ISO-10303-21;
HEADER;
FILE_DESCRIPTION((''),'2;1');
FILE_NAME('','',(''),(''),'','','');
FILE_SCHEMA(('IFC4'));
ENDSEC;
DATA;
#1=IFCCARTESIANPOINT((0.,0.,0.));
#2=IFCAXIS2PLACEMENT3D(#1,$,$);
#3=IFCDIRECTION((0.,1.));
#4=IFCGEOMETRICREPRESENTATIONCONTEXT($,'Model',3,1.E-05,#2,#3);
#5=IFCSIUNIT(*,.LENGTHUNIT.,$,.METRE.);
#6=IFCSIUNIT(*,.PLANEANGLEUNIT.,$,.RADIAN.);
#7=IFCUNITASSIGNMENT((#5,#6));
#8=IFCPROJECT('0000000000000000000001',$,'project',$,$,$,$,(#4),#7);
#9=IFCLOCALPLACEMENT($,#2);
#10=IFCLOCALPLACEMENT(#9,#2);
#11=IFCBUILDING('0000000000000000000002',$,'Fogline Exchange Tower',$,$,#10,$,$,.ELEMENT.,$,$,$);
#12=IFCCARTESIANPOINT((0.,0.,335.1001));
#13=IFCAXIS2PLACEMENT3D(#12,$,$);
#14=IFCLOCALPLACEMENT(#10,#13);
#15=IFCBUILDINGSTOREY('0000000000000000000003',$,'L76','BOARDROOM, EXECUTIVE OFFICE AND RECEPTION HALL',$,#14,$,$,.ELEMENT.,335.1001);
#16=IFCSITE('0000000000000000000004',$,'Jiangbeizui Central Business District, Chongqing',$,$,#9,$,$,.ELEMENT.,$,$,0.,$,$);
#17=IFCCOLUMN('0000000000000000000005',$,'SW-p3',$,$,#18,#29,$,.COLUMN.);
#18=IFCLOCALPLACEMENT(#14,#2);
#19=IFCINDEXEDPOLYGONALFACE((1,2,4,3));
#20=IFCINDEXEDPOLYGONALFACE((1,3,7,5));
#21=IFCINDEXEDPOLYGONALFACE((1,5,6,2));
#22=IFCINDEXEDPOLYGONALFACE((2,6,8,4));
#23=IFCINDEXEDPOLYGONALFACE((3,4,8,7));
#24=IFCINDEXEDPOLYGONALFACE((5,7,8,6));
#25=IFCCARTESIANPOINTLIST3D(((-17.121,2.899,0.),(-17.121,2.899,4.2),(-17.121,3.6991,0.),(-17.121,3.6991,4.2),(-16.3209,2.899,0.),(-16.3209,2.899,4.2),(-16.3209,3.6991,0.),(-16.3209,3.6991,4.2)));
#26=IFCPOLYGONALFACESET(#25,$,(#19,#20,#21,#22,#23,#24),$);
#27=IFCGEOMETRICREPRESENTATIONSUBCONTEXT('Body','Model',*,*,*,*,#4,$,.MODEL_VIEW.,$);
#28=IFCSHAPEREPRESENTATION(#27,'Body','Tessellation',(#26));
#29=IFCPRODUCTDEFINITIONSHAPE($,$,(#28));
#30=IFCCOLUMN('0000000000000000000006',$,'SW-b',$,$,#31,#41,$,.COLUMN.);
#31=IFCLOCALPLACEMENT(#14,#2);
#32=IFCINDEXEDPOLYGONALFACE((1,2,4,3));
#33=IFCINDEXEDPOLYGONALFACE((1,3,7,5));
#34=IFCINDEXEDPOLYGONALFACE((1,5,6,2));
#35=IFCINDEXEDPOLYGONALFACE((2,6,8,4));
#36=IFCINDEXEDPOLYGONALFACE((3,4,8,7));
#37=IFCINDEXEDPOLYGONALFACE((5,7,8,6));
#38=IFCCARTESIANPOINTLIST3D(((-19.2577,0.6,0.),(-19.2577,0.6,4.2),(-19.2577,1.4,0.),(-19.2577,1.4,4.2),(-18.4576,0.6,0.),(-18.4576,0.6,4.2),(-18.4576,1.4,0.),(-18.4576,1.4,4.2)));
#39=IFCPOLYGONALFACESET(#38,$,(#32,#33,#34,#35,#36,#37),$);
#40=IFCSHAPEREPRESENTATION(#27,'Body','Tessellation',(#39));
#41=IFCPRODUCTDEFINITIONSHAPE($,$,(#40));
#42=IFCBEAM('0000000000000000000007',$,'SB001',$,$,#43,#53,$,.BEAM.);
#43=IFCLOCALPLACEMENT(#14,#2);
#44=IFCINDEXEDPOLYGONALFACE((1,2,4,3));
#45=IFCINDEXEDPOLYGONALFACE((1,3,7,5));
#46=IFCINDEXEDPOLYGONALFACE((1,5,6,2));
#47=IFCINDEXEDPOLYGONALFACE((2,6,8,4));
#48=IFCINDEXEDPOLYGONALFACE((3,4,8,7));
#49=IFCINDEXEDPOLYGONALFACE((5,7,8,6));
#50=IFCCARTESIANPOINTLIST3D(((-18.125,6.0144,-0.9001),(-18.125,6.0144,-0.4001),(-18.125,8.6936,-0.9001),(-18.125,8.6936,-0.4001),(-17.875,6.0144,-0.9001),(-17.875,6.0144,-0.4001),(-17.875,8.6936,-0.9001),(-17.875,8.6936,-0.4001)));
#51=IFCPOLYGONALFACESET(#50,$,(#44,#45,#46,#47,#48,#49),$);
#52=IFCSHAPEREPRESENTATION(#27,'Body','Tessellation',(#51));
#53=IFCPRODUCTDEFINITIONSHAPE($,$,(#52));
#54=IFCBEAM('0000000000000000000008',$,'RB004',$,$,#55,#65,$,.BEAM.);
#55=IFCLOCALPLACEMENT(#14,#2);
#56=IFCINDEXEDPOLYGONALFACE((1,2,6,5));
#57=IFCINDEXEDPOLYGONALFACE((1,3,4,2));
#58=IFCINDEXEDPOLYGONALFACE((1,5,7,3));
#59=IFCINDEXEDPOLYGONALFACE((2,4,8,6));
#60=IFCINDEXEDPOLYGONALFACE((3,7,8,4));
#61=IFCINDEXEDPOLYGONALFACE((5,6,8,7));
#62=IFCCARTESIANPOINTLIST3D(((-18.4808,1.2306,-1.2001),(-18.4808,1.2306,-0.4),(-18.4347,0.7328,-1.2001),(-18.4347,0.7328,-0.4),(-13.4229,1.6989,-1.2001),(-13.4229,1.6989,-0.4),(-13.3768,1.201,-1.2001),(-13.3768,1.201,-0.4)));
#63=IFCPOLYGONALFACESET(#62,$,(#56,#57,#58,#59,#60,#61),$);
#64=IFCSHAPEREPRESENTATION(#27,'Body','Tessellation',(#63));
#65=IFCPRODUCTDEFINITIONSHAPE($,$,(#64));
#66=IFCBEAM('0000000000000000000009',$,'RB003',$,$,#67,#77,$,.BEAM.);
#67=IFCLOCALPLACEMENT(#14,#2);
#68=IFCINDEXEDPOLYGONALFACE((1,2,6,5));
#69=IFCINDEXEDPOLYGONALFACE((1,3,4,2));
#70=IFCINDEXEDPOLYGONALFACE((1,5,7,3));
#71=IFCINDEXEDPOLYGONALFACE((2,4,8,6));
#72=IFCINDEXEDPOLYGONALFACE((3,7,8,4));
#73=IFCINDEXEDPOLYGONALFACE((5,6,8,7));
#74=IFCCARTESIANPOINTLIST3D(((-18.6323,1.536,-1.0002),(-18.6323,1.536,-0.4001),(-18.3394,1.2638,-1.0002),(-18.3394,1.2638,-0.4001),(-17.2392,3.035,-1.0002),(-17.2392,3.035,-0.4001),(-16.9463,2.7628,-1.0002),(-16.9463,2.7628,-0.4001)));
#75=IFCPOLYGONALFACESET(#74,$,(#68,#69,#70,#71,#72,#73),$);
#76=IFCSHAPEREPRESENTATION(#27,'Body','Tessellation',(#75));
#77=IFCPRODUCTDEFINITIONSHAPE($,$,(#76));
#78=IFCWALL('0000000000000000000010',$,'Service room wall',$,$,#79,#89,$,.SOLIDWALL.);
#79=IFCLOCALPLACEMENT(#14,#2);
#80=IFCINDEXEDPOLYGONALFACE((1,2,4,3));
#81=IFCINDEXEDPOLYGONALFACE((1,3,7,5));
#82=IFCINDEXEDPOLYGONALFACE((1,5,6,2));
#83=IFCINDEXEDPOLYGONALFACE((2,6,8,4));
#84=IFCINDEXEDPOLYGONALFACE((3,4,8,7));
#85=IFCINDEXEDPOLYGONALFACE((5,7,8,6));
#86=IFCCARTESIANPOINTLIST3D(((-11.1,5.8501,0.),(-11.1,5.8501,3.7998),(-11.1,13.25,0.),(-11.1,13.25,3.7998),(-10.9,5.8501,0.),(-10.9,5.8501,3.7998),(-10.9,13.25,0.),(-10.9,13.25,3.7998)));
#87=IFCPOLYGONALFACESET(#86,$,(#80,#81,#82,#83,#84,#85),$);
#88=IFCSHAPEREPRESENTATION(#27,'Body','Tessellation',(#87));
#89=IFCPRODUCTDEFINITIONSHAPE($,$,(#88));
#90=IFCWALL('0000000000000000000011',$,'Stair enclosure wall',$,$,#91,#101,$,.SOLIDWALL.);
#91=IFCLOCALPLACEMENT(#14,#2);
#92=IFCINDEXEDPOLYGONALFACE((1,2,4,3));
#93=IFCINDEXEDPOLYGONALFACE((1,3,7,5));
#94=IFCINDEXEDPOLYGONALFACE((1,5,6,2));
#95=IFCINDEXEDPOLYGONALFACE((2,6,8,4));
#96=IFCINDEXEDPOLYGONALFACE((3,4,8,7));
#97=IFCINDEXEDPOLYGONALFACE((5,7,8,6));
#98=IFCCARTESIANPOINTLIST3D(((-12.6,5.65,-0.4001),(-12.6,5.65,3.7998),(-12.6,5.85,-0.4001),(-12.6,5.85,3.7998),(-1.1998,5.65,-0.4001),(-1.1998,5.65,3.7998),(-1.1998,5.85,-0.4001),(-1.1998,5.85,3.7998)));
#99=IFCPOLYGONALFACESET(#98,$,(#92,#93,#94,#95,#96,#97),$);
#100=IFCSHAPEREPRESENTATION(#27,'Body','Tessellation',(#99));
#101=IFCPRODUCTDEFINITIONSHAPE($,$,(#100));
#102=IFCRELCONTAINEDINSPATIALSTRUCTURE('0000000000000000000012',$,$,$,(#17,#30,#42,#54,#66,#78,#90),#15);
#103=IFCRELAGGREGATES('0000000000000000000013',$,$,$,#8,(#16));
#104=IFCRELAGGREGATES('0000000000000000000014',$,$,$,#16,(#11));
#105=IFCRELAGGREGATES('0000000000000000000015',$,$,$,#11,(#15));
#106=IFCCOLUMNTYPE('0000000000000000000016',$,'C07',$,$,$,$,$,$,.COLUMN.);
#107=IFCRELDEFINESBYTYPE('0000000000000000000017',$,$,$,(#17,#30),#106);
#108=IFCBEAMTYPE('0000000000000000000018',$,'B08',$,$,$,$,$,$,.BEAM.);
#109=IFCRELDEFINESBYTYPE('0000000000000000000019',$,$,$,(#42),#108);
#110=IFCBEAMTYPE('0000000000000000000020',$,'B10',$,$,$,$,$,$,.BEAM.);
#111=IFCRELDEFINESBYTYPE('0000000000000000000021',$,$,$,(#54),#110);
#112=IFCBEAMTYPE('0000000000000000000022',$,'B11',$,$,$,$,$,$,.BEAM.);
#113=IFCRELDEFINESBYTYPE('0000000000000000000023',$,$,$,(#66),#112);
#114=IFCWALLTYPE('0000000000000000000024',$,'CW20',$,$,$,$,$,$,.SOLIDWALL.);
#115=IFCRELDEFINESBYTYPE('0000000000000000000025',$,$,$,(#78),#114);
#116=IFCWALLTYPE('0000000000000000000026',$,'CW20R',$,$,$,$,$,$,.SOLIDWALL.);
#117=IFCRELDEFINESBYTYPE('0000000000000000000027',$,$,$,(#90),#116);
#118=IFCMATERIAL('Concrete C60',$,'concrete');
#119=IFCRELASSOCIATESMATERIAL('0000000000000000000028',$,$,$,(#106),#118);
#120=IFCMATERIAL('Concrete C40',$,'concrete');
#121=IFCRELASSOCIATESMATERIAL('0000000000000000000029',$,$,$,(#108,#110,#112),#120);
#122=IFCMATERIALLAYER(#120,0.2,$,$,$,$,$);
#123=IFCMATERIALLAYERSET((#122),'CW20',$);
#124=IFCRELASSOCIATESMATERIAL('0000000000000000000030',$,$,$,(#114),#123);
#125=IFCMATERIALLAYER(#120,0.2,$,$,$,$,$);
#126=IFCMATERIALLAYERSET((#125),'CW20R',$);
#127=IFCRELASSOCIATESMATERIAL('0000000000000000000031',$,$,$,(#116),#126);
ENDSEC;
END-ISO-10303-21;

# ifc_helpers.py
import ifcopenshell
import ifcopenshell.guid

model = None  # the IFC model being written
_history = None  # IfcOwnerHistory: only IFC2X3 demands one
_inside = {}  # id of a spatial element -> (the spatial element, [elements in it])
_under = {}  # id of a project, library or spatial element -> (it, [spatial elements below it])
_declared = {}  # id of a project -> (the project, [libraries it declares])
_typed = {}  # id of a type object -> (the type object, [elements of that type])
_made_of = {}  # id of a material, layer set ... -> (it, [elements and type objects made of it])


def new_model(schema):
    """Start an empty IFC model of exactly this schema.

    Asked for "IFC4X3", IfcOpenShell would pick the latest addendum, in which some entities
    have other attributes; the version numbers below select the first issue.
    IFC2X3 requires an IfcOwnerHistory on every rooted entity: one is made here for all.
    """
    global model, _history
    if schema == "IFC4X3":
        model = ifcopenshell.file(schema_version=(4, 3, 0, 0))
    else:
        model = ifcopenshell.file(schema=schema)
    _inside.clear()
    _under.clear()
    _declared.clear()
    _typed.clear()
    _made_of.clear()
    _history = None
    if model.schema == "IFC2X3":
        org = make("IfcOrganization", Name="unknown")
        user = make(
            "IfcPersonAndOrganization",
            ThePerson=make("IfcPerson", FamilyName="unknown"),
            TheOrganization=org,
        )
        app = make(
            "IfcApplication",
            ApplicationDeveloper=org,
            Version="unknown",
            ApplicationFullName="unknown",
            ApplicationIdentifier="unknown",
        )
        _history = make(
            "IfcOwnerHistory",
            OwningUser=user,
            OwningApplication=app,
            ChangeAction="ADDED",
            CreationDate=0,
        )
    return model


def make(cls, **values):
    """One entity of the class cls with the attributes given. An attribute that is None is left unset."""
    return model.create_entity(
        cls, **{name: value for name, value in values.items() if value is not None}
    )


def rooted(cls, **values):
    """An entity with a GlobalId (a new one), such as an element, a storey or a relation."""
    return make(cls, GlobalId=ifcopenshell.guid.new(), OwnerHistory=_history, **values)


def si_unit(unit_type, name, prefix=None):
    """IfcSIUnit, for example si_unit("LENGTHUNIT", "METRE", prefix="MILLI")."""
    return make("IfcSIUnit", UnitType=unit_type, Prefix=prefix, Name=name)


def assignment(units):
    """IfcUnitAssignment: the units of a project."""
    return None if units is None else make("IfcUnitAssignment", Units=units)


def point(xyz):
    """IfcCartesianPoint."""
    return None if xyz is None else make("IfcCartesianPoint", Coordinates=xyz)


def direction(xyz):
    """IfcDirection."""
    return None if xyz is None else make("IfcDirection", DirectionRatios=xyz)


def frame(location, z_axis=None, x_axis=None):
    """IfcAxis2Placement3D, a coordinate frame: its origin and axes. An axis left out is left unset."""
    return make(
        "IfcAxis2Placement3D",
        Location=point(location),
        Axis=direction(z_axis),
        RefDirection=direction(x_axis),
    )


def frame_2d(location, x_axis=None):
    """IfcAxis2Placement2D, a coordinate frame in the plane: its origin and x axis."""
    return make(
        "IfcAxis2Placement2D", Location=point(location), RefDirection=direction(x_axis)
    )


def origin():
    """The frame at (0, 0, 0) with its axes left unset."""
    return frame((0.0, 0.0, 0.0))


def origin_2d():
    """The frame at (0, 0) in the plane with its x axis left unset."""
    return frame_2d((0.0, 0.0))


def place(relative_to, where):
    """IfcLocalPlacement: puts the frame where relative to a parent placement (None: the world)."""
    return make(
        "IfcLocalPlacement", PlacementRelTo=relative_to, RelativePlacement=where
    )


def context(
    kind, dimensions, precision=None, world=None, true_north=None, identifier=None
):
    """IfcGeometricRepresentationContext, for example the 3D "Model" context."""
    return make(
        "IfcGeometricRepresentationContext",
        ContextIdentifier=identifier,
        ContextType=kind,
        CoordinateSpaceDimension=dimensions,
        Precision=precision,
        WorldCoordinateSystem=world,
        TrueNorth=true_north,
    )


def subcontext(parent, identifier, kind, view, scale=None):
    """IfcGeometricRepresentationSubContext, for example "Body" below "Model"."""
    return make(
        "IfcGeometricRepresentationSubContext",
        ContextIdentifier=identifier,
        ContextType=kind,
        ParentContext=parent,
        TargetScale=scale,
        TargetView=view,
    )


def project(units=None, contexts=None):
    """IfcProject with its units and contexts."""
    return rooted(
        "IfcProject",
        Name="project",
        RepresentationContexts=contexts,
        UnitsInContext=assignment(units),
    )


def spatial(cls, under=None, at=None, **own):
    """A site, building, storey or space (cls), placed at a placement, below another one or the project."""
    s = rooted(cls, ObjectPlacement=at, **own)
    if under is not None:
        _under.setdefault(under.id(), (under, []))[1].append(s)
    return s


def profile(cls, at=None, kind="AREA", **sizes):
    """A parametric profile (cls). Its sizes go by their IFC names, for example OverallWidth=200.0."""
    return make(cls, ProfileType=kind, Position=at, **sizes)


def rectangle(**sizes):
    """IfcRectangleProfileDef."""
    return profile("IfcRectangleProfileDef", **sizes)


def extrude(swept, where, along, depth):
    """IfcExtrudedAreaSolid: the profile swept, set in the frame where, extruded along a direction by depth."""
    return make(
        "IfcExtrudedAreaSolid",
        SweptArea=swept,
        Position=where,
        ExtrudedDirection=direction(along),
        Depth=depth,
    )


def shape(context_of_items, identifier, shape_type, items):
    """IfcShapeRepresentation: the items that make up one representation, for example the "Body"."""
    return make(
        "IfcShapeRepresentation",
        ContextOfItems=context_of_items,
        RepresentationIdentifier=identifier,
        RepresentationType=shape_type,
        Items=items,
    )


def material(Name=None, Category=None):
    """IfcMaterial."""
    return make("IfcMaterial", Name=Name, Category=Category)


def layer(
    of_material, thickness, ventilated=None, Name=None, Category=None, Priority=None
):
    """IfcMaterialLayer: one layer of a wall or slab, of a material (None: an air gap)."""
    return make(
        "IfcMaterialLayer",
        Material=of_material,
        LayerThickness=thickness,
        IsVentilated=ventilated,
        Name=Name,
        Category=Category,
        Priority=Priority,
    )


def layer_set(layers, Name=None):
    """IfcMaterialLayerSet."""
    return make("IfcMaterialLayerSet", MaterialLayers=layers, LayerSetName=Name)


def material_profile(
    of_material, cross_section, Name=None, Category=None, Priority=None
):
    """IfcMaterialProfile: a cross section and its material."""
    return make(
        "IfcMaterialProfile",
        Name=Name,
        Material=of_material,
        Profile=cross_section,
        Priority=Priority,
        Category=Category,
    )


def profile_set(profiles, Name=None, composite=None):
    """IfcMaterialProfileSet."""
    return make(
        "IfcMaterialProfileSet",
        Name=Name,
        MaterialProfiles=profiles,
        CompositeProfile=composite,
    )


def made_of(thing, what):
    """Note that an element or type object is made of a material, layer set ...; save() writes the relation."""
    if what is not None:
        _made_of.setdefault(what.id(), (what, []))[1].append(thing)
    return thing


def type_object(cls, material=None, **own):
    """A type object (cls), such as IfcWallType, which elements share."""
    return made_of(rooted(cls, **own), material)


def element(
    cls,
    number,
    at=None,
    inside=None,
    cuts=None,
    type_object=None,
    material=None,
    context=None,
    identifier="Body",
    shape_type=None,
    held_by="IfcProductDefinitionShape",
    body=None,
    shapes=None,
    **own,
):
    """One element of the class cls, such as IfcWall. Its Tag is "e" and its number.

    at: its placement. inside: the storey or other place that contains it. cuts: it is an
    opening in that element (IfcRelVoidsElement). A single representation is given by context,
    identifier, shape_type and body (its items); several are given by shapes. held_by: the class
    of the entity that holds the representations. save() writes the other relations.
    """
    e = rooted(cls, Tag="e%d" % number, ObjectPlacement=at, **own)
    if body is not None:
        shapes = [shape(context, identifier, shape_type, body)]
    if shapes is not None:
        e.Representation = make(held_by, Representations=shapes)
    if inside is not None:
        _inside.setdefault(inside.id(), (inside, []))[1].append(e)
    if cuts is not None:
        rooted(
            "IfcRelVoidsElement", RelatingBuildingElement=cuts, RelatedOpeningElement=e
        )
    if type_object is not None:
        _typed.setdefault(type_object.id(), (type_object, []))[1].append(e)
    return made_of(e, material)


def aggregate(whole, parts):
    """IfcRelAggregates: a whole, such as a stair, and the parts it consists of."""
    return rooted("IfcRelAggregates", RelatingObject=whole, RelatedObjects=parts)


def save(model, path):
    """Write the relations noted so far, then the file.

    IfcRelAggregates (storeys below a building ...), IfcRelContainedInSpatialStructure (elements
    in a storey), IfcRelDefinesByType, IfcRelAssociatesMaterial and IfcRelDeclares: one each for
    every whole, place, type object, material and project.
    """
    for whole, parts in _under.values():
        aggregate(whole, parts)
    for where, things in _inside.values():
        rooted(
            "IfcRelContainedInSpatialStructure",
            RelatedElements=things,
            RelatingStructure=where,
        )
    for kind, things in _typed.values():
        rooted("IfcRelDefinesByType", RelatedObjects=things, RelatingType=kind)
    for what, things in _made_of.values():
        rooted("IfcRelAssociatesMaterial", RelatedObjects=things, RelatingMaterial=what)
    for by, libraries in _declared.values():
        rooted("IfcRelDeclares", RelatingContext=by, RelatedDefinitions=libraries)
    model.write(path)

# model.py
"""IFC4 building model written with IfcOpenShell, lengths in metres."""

from ifc_helpers import new_model, si_unit, direction, frame, frame_2d, origin, origin_2d, place, context, subcontext, project, spatial, rectangle, extrude, material, layer, layer_set, material_profile, profile_set, type_object, element, save


model = new_model("IFC4")

# Units and contexts
model_context = context("Model", 3, precision=1e-05, world=origin(), true_north=direction((0.0, 1.0)))
body_context = subcontext(model_context, "Body", "Model", "MODEL_VIEW")
ifc_project = project(units=[si_unit("LENGTHUNIT", "METRE"), si_unit("PLANEANGLEUNIT", "RADIAN")], contexts=[model_context])

# Site, building, storey
site_placement = place(None, origin())
site = spatial("IfcSite", under=ifc_project, at=site_placement, Name="Jiangbeizui Central Business District, Chongqing", CompositionType="ELEMENT", RefElevation=0.0)
building_placement = place(site_placement, origin())
building = spatial("IfcBuilding", under=site, at=building_placement, Name="Fogline Exchange Tower", CompositionType="ELEMENT")
storey_placement = place(building_placement, frame((0.0, 0.0, 335.1001)))
storey = spatial("IfcBuildingStorey", under=building, at=storey_placement, Name="L76", Description="BOARDROOM, EXECUTIVE OFFICE AND RECEPTION HALL", CompositionType="ELEMENT", Elevation=335.1001)

# Columns
ifc_material_1 = material(Name="Concrete C60", Category="concrete")
ifc_material_profile_1 = material_profile(ifc_material_1, rectangle(XDim=0.8, YDim=0.8, at=origin_2d()), Name="RC 800x800")
ifc_profile_set_1 = profile_set([ifc_material_profile_1], Name="Concrete C60")
column_type = type_object("IfcColumnType", Name="C07", PredefinedType="COLUMN", material=ifc_profile_set_1)
for number, where, z_axis, x_axis, name in (
    (1, (-16.7209, 3.2991, 0.0), (0.0, 0.0, 1.0), (1.0, 0.0, 0.0), "SW-p3"),
    (2, (-18.8577, 1.0, 0.0), (0.0, 0.0, 1.0), (1.0, 0.0, 0.0), "SW-b"),
):
    element("IfcColumn", number, at=place(storey_placement, frame(where, z_axis=z_axis, x_axis=x_axis)), inside=storey, type_object=column_type, Name=name, PredefinedType="COLUMN", context=body_context, shape_type="SweptSolid", body=[
        extrude(rectangle(XDim=0.8, YDim=0.8, at=origin_2d()), origin(), (0.0, 0.0, 1.0), 4.2),
    ])

# Beams
ifc_material_2 = material(Name="Concrete C40", Category="concrete")
ifc_material_profile_2 = material_profile(ifc_material_2, rectangle(XDim=0.25, YDim=0.5, at=origin_2d()), Name="RC 250x500")
ifc_profile_set_2 = profile_set([ifc_material_profile_2], Name="Concrete C40")
beam_type_1 = type_object("IfcBeamType", Name="B08", PredefinedType="BEAM", material=ifc_profile_set_2)
beam_1_placement = place(storey_placement, frame((-18.0, 6.0144, -0.6501), z_axis=(0.0, 1.0, 0.0), x_axis=(-1.0, 0.0, 0.0)))
element("IfcBeam", 3, at=beam_1_placement, inside=storey, type_object=beam_type_1, Name="SB001", PredefinedType="BEAM", context=body_context, shape_type="SweptSolid", body=[
    extrude(rectangle(XDim=0.25, YDim=0.5, at=origin_2d()), origin(), (0.0, 0.0, 1.0), 2.6792),
])
ifc_material_profile_3 = material_profile(ifc_material_2, rectangle(XDim=0.5, YDim=0.8, at=origin_2d()), Name="RC 500x800")
ifc_profile_set_3 = profile_set([ifc_material_profile_3], Name="Concrete C40")
beam_type_2 = type_object("IfcBeamType", Name="B10", PredefinedType="BEAM", material=ifc_profile_set_3)
beam_2_placement = place(storey_placement, frame((-18.4578, 0.9817, -0.8), z_axis=(0.995742, 0.092187, 0.0), x_axis=(-0.092187, 0.995742, 0.0)))
element("IfcBeam", 4, at=beam_2_placement, inside=storey, type_object=beam_type_2, Name="RB004", PredefinedType="BEAM", context=body_context, shape_type="SweptSolid", body=[
    extrude(rectangle(XDim=0.5, YDim=0.8, at=origin_2d()), origin(), (0.0, 0.0, 1.0), 5.0796),
])
ifc_material_profile_4 = material_profile(ifc_material_2, rectangle(XDim=0.3999, YDim=0.6001, at=origin_2d()), Name="RC 400x600")
ifc_profile_set_4 = profile_set([ifc_material_profile_4], Name="Concrete C40")
beam_type_3 = type_object("IfcBeamType", Name="B11", PredefinedType="BEAM", material=ifc_profile_set_4)
beam_3_placement = place(storey_placement, frame((-17.0928, 2.8989, -0.7002), z_axis=(-0.680744, -0.732521, 0.0), x_axis=(0.732521, -0.680744, 0.0)))
element("IfcBeam", 5, at=beam_3_placement, inside=storey, type_object=beam_type_3, Name="RB003", PredefinedType="BEAM", context=body_context, shape_type="SweptSolid", body=[
    extrude(rectangle(XDim=0.3999, YDim=0.6001, at=origin_2d()), origin(), (0.0, 0.0, 1.0), 2.0464),
])

# Walls
ifc_layer_1 = layer(ifc_material_2, 0.2)
ifc_layer_set_1 = layer_set([ifc_layer_1], Name="CW20")
wall_type_1 = type_object("IfcWallType", Name="CW20", PredefinedType="SOLIDWALL", material=ifc_layer_set_1)
wall_1_placement = place(storey_placement, frame((-11.0, 5.8501, 0.0), z_axis=(0.0, 0.0, 1.0), x_axis=(0.0, 1.0, 0.0)))
element("IfcWall", 6, at=wall_1_placement, inside=storey, type_object=wall_type_1, Name="Service room wall", PredefinedType="SOLIDWALL", context=body_context, shape_type="SweptSolid", body=[
    extrude(rectangle(XDim=7.3999, YDim=0.2, at=frame_2d((3.7, 0.0))), origin(), (0.0, 0.0, 1.0), 3.7998),
])
ifc_layer_2 = layer(ifc_material_2, 0.2)
ifc_layer_set_2 = layer_set([ifc_layer_2], Name="CW20R")
wall_type_2 = type_object("IfcWallType", Name="CW20R", PredefinedType="SOLIDWALL", material=ifc_layer_set_2)
wall_2_placement = place(storey_placement, frame((-12.6001, 5.75, -0.4001), z_axis=(0.0, 0.0, 1.0), x_axis=(1.0, 0.0, 0.0)))
element("IfcWall", 7, at=wall_2_placement, inside=storey, type_object=wall_type_2, Name="Stair enclosure wall", PredefinedType="SOLIDWALL", context=body_context, shape_type="SweptSolid", body=[
    extrude(rectangle(XDim=11.4001, YDim=0.2, at=frame_2d((5.7002, 0.0))), origin(), (0.0, 0.0, 1.0), 4.2),
])

save(model, "model.ifc")
